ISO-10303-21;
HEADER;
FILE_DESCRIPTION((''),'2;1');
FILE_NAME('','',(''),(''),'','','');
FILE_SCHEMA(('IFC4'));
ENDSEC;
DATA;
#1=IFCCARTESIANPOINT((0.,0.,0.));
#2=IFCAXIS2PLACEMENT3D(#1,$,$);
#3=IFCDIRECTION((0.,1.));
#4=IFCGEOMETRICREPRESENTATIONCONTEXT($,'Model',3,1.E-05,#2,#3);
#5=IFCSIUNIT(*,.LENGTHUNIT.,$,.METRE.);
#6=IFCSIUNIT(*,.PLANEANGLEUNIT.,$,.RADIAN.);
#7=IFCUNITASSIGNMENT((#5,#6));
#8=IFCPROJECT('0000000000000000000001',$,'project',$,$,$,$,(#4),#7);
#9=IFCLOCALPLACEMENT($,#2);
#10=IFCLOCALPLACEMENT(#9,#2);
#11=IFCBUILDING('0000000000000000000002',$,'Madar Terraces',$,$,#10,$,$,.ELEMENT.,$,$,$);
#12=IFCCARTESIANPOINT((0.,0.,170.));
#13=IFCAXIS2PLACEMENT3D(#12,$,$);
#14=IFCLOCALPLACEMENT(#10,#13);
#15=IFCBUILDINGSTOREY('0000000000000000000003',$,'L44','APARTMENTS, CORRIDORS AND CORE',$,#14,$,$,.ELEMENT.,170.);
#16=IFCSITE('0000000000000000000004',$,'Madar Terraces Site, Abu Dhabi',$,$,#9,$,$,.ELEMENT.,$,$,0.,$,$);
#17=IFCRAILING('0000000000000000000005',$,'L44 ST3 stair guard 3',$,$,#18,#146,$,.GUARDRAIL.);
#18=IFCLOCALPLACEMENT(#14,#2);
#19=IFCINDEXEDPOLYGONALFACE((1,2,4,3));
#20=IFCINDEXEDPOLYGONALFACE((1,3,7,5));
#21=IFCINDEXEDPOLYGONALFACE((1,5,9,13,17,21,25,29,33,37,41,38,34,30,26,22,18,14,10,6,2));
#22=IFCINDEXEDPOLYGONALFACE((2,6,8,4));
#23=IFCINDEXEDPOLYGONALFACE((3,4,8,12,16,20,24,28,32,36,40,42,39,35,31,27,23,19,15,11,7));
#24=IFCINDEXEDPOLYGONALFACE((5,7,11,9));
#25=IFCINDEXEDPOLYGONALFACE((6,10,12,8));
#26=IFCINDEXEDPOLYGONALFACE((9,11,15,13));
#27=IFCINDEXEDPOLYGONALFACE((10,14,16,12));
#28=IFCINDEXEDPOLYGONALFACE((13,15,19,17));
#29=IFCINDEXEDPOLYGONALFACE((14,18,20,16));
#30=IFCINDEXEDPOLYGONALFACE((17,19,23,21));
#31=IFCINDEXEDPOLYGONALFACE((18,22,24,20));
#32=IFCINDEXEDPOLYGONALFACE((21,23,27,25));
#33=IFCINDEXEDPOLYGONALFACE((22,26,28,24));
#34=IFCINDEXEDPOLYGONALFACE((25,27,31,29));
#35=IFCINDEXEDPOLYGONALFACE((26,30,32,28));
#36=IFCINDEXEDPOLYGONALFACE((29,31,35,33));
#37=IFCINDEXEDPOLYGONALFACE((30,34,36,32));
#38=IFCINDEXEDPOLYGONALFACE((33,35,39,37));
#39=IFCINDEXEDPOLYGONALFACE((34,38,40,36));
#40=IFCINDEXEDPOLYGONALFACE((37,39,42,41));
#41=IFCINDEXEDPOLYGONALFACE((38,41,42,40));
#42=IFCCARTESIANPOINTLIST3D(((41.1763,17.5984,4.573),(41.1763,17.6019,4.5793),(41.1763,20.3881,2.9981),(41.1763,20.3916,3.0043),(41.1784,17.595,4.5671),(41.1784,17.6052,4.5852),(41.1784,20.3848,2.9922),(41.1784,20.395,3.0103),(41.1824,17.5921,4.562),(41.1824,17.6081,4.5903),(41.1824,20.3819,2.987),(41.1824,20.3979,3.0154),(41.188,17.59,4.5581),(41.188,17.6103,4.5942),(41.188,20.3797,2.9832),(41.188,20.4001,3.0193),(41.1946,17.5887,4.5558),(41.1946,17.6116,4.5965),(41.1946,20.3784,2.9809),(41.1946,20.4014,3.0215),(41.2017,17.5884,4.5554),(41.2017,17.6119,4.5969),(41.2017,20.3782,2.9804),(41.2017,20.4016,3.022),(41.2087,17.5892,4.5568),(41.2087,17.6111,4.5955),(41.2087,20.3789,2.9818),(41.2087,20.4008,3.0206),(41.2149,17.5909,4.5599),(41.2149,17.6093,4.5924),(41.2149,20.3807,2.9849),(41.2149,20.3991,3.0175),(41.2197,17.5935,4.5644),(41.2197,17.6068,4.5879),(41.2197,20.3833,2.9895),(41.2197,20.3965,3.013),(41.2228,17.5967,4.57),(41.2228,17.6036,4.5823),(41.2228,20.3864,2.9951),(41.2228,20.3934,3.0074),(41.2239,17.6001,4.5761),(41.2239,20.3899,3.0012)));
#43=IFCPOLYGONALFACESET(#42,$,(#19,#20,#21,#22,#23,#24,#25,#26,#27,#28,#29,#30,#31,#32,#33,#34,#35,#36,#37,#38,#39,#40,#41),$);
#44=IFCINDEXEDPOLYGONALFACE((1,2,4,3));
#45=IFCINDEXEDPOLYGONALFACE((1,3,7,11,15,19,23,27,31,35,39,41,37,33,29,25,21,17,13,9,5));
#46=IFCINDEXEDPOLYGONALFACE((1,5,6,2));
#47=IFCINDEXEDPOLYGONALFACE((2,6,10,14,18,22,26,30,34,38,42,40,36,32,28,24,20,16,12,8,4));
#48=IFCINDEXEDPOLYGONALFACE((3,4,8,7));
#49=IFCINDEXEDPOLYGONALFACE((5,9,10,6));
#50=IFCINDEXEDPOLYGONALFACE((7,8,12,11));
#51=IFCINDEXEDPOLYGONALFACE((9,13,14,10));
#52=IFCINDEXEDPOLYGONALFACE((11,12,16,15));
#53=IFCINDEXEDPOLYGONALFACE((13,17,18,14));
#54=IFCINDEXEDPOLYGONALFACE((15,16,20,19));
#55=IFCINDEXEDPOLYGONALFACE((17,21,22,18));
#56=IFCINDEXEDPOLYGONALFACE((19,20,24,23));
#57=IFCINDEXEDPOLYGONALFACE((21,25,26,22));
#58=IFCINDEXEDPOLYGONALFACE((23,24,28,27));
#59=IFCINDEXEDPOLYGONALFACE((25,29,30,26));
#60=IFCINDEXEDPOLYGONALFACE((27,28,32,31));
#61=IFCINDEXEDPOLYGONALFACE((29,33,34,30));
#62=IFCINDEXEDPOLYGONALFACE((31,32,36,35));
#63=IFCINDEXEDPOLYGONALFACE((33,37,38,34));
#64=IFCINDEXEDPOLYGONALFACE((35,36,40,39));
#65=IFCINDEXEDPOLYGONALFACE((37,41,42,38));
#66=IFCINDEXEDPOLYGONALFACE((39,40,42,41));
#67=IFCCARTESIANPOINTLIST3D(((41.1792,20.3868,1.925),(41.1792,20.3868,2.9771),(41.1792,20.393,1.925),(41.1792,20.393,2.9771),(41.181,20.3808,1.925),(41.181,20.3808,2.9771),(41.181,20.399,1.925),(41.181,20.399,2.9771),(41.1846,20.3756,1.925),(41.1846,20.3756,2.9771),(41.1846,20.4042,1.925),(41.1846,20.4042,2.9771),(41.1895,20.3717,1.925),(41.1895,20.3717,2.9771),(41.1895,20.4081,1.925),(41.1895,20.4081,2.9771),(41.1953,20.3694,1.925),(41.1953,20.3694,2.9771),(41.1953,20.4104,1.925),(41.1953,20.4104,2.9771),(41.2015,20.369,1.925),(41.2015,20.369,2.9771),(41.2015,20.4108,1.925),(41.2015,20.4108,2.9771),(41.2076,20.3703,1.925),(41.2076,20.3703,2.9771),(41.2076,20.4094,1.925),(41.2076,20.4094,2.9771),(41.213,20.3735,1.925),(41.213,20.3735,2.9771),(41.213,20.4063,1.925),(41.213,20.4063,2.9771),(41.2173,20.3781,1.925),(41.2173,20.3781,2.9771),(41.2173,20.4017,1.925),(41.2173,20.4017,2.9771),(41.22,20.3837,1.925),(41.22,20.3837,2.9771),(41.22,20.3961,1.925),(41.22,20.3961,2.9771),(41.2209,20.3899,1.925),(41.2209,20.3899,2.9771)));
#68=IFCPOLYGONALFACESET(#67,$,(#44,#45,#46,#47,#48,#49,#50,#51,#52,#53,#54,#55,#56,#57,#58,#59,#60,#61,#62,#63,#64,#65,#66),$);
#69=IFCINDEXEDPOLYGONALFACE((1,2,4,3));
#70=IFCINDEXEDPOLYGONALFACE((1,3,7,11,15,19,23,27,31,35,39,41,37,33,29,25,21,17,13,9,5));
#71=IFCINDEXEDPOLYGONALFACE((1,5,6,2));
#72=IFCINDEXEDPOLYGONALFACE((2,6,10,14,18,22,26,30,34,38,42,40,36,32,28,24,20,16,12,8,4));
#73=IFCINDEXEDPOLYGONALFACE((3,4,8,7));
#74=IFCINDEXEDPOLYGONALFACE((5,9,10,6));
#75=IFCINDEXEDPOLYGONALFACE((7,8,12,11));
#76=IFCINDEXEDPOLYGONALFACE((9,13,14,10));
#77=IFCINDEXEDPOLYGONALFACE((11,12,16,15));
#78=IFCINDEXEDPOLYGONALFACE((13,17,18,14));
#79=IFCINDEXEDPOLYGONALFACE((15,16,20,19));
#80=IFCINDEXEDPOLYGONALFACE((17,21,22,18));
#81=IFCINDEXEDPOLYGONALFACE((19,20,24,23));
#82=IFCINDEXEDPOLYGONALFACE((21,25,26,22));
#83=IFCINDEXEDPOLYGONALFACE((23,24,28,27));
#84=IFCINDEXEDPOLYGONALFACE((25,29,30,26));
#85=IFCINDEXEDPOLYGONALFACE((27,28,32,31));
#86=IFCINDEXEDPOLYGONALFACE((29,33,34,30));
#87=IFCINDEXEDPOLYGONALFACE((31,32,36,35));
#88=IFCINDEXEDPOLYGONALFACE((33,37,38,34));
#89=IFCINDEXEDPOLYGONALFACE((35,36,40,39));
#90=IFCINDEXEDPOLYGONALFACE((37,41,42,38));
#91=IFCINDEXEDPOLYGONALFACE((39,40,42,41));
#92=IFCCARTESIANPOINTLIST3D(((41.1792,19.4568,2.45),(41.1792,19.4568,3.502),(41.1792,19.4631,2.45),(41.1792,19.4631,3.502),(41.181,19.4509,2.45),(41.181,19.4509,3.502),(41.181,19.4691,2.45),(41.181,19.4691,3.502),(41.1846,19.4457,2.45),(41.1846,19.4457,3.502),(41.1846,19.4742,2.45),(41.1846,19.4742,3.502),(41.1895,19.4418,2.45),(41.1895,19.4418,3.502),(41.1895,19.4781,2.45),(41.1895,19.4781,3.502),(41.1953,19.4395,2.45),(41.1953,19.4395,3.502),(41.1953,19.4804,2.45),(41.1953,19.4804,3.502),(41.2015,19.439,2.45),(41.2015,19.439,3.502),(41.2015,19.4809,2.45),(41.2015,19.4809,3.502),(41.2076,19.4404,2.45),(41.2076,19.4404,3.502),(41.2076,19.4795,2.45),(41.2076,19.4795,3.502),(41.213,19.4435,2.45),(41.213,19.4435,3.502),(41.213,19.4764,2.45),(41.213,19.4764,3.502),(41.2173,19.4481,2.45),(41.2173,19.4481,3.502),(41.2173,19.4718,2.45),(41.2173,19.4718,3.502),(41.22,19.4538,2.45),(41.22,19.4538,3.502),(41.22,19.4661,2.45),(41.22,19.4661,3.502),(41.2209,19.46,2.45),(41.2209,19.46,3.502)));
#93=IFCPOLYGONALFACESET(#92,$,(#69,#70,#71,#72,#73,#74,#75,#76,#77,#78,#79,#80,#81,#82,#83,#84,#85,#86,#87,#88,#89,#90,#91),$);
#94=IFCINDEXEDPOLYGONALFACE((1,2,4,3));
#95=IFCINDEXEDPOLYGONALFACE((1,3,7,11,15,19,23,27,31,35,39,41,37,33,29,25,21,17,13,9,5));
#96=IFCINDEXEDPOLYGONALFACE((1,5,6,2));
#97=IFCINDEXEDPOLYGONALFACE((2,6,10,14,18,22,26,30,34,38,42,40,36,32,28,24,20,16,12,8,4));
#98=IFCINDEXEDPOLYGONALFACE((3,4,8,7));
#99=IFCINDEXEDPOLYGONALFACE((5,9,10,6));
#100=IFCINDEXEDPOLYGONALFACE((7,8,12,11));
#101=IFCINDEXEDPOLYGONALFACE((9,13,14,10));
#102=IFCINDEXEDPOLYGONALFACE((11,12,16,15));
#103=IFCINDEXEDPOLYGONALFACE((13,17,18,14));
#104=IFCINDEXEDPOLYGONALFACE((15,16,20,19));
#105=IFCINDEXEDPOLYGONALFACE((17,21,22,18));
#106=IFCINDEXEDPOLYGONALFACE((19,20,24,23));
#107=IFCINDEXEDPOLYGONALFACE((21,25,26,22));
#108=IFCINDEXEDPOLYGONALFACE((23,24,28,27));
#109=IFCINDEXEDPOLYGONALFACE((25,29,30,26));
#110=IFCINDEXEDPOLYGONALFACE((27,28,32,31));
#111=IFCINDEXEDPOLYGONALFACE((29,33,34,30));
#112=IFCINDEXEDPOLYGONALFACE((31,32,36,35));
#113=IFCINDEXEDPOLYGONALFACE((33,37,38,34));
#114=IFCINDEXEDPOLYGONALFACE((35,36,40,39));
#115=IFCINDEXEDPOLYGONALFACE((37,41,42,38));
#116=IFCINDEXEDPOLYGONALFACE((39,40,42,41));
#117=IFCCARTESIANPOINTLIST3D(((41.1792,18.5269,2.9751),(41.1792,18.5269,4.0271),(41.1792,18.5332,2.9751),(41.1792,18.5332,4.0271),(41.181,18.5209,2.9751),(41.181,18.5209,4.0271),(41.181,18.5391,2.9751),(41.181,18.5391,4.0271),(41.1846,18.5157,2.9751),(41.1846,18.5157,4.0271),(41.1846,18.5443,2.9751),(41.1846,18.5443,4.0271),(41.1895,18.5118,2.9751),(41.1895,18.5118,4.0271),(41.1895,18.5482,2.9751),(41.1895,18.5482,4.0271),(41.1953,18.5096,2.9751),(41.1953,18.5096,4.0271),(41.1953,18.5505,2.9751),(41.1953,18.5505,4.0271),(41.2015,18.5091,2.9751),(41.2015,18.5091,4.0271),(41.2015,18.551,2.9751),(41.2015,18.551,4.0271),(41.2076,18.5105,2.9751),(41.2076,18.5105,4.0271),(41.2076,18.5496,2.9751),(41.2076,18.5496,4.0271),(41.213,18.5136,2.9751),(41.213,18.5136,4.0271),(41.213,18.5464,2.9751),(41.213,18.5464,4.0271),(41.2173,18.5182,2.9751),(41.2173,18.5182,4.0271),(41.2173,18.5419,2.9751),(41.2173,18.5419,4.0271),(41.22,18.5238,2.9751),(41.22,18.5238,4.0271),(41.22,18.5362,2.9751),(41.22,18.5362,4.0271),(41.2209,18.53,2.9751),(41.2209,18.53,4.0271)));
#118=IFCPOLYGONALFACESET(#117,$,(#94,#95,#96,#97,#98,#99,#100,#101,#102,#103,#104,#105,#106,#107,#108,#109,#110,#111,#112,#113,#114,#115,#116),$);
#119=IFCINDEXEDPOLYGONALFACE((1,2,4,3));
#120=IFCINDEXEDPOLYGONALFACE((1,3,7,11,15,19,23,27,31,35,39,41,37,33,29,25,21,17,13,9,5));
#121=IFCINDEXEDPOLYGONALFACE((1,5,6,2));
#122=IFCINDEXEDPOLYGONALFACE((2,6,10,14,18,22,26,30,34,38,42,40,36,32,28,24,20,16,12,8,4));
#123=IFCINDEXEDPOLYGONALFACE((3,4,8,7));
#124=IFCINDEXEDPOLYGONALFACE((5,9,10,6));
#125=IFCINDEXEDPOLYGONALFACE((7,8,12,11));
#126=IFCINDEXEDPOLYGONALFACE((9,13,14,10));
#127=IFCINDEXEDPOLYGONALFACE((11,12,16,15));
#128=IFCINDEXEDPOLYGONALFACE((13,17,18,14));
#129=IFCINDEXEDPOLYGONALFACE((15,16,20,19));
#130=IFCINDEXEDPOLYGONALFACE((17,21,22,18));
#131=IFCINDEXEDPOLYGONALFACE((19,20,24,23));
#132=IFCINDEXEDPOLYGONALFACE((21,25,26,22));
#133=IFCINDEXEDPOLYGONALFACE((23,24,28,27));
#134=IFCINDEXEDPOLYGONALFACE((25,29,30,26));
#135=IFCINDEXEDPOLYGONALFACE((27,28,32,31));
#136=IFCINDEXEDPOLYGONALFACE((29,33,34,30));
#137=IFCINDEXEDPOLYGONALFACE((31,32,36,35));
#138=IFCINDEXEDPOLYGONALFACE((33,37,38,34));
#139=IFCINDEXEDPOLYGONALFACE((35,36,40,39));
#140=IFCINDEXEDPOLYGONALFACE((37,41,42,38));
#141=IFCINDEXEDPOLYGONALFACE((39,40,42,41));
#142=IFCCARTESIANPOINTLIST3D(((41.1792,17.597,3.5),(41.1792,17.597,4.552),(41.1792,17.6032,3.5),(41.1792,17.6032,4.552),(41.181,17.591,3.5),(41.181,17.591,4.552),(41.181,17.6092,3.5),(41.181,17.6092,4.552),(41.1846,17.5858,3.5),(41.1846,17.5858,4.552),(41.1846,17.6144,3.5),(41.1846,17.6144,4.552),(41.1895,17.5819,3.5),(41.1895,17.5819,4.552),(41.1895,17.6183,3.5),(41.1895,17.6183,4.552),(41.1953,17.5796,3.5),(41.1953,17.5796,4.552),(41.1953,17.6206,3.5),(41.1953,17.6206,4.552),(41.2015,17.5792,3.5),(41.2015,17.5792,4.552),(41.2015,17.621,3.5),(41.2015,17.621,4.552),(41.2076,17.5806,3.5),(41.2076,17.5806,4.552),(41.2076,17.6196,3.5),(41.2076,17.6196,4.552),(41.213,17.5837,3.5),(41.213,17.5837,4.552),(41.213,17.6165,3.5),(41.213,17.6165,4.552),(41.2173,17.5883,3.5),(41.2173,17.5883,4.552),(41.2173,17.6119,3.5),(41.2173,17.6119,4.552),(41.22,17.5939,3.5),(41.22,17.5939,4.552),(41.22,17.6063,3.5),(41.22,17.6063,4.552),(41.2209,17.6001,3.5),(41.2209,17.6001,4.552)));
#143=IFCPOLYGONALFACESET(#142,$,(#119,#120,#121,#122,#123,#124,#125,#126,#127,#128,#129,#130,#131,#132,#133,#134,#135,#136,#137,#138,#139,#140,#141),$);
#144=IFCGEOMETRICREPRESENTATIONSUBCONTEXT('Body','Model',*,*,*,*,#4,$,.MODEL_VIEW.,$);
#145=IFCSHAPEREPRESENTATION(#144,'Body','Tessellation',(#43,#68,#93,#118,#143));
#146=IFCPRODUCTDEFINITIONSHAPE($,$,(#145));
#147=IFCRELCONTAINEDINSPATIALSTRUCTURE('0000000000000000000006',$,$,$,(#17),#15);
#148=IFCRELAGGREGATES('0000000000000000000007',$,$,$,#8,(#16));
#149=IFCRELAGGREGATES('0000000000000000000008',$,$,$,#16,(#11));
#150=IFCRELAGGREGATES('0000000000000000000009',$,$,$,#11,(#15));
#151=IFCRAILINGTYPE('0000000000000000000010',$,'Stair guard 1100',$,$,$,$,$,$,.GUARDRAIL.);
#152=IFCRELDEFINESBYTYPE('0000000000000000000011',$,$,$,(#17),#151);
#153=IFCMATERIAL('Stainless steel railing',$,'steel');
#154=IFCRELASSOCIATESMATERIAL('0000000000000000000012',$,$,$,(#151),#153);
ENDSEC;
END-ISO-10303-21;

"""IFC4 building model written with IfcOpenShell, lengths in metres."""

from ifc_helpers import new_model, si_unit, direction, frame, origin, origin_2d, place, context, subcontext, project, spatial, circle, extrude, material, type_object, element, save


model = new_model("IFC4")

# Units and contexts
model_context = context("Model", 3, precision=1e-05, world=origin(), true_north=direction((0.0, 1.0)))
body_context = subcontext(model_context, "Body", "Model", "MODEL_VIEW")
ifc_project = project(units=[si_unit("LENGTHUNIT", "METRE"), si_unit("PLANEANGLEUNIT", "RADIAN")], contexts=[model_context])

# Site, building, storey
site_placement = place(None, origin())
site = spatial("IfcSite", under=ifc_project, at=site_placement, Name="Madar Terraces Site, Abu Dhabi", CompositionType="ELEMENT", RefElevation=0.0)
building_placement = place(site_placement, origin())
building = spatial("IfcBuilding", under=site, at=building_placement, Name="Madar Terraces", CompositionType="ELEMENT")
storey_placement = place(building_placement, frame((0.0, 0.0, 170.0)))
storey = spatial("IfcBuildingStorey", under=building, at=storey_placement, Name="L44", Description="APARTMENTS, CORRIDORS AND CORE", CompositionType="ELEMENT", Elevation=170.0)

# Railing
ifc_material_1 = material(Name="Stainless steel railing", Category="steel")
railing_type_1 = type_object("IfcRailingType", Name="Stair guard 1100", PredefinedType="GUARDRAIL", material=ifc_material_1)
railing_1_placement = place(storey_placement, frame((41.2, 20.3899, 1.925)))
element("IfcRailing", 1, at=railing_1_placement, inside=storey, type_object=railing_type_1, Name="L44 ST3 stair guard 3", PredefinedType="GUARDRAIL", context=body_context, shape_type="SweptSolid", body=[
    extrude(circle(Radius=0.0239, at=origin_2d()), frame((0.0, 0.0, 1.0762), z_axis=(0.0, -0.870815, 0.49161), x_axis=(1.0, 0.0, 0.0)), (0.0, 0.0, 1.0), 3.2036),
    extrude(circle(Radius=0.021, at=origin_2d()), origin(), (0.0, 0.0, 1.0), 1.052),
    extrude(circle(Radius=0.021, at=origin_2d()), frame((0.0, -0.9299, 0.5249)), (0.0, 0.0, 1.0), 1.052),
    extrude(circle(Radius=0.021, at=origin_2d()), frame((0.0, -1.8599, 1.05)), (0.0, 0.0, 1.0), 1.052),
    extrude(circle(Radius=0.021, at=origin_2d()), frame((0.0, -2.7898, 1.575)), (0.0, 0.0, 1.0), 1.052),
])

save(model, "model.ifc")
